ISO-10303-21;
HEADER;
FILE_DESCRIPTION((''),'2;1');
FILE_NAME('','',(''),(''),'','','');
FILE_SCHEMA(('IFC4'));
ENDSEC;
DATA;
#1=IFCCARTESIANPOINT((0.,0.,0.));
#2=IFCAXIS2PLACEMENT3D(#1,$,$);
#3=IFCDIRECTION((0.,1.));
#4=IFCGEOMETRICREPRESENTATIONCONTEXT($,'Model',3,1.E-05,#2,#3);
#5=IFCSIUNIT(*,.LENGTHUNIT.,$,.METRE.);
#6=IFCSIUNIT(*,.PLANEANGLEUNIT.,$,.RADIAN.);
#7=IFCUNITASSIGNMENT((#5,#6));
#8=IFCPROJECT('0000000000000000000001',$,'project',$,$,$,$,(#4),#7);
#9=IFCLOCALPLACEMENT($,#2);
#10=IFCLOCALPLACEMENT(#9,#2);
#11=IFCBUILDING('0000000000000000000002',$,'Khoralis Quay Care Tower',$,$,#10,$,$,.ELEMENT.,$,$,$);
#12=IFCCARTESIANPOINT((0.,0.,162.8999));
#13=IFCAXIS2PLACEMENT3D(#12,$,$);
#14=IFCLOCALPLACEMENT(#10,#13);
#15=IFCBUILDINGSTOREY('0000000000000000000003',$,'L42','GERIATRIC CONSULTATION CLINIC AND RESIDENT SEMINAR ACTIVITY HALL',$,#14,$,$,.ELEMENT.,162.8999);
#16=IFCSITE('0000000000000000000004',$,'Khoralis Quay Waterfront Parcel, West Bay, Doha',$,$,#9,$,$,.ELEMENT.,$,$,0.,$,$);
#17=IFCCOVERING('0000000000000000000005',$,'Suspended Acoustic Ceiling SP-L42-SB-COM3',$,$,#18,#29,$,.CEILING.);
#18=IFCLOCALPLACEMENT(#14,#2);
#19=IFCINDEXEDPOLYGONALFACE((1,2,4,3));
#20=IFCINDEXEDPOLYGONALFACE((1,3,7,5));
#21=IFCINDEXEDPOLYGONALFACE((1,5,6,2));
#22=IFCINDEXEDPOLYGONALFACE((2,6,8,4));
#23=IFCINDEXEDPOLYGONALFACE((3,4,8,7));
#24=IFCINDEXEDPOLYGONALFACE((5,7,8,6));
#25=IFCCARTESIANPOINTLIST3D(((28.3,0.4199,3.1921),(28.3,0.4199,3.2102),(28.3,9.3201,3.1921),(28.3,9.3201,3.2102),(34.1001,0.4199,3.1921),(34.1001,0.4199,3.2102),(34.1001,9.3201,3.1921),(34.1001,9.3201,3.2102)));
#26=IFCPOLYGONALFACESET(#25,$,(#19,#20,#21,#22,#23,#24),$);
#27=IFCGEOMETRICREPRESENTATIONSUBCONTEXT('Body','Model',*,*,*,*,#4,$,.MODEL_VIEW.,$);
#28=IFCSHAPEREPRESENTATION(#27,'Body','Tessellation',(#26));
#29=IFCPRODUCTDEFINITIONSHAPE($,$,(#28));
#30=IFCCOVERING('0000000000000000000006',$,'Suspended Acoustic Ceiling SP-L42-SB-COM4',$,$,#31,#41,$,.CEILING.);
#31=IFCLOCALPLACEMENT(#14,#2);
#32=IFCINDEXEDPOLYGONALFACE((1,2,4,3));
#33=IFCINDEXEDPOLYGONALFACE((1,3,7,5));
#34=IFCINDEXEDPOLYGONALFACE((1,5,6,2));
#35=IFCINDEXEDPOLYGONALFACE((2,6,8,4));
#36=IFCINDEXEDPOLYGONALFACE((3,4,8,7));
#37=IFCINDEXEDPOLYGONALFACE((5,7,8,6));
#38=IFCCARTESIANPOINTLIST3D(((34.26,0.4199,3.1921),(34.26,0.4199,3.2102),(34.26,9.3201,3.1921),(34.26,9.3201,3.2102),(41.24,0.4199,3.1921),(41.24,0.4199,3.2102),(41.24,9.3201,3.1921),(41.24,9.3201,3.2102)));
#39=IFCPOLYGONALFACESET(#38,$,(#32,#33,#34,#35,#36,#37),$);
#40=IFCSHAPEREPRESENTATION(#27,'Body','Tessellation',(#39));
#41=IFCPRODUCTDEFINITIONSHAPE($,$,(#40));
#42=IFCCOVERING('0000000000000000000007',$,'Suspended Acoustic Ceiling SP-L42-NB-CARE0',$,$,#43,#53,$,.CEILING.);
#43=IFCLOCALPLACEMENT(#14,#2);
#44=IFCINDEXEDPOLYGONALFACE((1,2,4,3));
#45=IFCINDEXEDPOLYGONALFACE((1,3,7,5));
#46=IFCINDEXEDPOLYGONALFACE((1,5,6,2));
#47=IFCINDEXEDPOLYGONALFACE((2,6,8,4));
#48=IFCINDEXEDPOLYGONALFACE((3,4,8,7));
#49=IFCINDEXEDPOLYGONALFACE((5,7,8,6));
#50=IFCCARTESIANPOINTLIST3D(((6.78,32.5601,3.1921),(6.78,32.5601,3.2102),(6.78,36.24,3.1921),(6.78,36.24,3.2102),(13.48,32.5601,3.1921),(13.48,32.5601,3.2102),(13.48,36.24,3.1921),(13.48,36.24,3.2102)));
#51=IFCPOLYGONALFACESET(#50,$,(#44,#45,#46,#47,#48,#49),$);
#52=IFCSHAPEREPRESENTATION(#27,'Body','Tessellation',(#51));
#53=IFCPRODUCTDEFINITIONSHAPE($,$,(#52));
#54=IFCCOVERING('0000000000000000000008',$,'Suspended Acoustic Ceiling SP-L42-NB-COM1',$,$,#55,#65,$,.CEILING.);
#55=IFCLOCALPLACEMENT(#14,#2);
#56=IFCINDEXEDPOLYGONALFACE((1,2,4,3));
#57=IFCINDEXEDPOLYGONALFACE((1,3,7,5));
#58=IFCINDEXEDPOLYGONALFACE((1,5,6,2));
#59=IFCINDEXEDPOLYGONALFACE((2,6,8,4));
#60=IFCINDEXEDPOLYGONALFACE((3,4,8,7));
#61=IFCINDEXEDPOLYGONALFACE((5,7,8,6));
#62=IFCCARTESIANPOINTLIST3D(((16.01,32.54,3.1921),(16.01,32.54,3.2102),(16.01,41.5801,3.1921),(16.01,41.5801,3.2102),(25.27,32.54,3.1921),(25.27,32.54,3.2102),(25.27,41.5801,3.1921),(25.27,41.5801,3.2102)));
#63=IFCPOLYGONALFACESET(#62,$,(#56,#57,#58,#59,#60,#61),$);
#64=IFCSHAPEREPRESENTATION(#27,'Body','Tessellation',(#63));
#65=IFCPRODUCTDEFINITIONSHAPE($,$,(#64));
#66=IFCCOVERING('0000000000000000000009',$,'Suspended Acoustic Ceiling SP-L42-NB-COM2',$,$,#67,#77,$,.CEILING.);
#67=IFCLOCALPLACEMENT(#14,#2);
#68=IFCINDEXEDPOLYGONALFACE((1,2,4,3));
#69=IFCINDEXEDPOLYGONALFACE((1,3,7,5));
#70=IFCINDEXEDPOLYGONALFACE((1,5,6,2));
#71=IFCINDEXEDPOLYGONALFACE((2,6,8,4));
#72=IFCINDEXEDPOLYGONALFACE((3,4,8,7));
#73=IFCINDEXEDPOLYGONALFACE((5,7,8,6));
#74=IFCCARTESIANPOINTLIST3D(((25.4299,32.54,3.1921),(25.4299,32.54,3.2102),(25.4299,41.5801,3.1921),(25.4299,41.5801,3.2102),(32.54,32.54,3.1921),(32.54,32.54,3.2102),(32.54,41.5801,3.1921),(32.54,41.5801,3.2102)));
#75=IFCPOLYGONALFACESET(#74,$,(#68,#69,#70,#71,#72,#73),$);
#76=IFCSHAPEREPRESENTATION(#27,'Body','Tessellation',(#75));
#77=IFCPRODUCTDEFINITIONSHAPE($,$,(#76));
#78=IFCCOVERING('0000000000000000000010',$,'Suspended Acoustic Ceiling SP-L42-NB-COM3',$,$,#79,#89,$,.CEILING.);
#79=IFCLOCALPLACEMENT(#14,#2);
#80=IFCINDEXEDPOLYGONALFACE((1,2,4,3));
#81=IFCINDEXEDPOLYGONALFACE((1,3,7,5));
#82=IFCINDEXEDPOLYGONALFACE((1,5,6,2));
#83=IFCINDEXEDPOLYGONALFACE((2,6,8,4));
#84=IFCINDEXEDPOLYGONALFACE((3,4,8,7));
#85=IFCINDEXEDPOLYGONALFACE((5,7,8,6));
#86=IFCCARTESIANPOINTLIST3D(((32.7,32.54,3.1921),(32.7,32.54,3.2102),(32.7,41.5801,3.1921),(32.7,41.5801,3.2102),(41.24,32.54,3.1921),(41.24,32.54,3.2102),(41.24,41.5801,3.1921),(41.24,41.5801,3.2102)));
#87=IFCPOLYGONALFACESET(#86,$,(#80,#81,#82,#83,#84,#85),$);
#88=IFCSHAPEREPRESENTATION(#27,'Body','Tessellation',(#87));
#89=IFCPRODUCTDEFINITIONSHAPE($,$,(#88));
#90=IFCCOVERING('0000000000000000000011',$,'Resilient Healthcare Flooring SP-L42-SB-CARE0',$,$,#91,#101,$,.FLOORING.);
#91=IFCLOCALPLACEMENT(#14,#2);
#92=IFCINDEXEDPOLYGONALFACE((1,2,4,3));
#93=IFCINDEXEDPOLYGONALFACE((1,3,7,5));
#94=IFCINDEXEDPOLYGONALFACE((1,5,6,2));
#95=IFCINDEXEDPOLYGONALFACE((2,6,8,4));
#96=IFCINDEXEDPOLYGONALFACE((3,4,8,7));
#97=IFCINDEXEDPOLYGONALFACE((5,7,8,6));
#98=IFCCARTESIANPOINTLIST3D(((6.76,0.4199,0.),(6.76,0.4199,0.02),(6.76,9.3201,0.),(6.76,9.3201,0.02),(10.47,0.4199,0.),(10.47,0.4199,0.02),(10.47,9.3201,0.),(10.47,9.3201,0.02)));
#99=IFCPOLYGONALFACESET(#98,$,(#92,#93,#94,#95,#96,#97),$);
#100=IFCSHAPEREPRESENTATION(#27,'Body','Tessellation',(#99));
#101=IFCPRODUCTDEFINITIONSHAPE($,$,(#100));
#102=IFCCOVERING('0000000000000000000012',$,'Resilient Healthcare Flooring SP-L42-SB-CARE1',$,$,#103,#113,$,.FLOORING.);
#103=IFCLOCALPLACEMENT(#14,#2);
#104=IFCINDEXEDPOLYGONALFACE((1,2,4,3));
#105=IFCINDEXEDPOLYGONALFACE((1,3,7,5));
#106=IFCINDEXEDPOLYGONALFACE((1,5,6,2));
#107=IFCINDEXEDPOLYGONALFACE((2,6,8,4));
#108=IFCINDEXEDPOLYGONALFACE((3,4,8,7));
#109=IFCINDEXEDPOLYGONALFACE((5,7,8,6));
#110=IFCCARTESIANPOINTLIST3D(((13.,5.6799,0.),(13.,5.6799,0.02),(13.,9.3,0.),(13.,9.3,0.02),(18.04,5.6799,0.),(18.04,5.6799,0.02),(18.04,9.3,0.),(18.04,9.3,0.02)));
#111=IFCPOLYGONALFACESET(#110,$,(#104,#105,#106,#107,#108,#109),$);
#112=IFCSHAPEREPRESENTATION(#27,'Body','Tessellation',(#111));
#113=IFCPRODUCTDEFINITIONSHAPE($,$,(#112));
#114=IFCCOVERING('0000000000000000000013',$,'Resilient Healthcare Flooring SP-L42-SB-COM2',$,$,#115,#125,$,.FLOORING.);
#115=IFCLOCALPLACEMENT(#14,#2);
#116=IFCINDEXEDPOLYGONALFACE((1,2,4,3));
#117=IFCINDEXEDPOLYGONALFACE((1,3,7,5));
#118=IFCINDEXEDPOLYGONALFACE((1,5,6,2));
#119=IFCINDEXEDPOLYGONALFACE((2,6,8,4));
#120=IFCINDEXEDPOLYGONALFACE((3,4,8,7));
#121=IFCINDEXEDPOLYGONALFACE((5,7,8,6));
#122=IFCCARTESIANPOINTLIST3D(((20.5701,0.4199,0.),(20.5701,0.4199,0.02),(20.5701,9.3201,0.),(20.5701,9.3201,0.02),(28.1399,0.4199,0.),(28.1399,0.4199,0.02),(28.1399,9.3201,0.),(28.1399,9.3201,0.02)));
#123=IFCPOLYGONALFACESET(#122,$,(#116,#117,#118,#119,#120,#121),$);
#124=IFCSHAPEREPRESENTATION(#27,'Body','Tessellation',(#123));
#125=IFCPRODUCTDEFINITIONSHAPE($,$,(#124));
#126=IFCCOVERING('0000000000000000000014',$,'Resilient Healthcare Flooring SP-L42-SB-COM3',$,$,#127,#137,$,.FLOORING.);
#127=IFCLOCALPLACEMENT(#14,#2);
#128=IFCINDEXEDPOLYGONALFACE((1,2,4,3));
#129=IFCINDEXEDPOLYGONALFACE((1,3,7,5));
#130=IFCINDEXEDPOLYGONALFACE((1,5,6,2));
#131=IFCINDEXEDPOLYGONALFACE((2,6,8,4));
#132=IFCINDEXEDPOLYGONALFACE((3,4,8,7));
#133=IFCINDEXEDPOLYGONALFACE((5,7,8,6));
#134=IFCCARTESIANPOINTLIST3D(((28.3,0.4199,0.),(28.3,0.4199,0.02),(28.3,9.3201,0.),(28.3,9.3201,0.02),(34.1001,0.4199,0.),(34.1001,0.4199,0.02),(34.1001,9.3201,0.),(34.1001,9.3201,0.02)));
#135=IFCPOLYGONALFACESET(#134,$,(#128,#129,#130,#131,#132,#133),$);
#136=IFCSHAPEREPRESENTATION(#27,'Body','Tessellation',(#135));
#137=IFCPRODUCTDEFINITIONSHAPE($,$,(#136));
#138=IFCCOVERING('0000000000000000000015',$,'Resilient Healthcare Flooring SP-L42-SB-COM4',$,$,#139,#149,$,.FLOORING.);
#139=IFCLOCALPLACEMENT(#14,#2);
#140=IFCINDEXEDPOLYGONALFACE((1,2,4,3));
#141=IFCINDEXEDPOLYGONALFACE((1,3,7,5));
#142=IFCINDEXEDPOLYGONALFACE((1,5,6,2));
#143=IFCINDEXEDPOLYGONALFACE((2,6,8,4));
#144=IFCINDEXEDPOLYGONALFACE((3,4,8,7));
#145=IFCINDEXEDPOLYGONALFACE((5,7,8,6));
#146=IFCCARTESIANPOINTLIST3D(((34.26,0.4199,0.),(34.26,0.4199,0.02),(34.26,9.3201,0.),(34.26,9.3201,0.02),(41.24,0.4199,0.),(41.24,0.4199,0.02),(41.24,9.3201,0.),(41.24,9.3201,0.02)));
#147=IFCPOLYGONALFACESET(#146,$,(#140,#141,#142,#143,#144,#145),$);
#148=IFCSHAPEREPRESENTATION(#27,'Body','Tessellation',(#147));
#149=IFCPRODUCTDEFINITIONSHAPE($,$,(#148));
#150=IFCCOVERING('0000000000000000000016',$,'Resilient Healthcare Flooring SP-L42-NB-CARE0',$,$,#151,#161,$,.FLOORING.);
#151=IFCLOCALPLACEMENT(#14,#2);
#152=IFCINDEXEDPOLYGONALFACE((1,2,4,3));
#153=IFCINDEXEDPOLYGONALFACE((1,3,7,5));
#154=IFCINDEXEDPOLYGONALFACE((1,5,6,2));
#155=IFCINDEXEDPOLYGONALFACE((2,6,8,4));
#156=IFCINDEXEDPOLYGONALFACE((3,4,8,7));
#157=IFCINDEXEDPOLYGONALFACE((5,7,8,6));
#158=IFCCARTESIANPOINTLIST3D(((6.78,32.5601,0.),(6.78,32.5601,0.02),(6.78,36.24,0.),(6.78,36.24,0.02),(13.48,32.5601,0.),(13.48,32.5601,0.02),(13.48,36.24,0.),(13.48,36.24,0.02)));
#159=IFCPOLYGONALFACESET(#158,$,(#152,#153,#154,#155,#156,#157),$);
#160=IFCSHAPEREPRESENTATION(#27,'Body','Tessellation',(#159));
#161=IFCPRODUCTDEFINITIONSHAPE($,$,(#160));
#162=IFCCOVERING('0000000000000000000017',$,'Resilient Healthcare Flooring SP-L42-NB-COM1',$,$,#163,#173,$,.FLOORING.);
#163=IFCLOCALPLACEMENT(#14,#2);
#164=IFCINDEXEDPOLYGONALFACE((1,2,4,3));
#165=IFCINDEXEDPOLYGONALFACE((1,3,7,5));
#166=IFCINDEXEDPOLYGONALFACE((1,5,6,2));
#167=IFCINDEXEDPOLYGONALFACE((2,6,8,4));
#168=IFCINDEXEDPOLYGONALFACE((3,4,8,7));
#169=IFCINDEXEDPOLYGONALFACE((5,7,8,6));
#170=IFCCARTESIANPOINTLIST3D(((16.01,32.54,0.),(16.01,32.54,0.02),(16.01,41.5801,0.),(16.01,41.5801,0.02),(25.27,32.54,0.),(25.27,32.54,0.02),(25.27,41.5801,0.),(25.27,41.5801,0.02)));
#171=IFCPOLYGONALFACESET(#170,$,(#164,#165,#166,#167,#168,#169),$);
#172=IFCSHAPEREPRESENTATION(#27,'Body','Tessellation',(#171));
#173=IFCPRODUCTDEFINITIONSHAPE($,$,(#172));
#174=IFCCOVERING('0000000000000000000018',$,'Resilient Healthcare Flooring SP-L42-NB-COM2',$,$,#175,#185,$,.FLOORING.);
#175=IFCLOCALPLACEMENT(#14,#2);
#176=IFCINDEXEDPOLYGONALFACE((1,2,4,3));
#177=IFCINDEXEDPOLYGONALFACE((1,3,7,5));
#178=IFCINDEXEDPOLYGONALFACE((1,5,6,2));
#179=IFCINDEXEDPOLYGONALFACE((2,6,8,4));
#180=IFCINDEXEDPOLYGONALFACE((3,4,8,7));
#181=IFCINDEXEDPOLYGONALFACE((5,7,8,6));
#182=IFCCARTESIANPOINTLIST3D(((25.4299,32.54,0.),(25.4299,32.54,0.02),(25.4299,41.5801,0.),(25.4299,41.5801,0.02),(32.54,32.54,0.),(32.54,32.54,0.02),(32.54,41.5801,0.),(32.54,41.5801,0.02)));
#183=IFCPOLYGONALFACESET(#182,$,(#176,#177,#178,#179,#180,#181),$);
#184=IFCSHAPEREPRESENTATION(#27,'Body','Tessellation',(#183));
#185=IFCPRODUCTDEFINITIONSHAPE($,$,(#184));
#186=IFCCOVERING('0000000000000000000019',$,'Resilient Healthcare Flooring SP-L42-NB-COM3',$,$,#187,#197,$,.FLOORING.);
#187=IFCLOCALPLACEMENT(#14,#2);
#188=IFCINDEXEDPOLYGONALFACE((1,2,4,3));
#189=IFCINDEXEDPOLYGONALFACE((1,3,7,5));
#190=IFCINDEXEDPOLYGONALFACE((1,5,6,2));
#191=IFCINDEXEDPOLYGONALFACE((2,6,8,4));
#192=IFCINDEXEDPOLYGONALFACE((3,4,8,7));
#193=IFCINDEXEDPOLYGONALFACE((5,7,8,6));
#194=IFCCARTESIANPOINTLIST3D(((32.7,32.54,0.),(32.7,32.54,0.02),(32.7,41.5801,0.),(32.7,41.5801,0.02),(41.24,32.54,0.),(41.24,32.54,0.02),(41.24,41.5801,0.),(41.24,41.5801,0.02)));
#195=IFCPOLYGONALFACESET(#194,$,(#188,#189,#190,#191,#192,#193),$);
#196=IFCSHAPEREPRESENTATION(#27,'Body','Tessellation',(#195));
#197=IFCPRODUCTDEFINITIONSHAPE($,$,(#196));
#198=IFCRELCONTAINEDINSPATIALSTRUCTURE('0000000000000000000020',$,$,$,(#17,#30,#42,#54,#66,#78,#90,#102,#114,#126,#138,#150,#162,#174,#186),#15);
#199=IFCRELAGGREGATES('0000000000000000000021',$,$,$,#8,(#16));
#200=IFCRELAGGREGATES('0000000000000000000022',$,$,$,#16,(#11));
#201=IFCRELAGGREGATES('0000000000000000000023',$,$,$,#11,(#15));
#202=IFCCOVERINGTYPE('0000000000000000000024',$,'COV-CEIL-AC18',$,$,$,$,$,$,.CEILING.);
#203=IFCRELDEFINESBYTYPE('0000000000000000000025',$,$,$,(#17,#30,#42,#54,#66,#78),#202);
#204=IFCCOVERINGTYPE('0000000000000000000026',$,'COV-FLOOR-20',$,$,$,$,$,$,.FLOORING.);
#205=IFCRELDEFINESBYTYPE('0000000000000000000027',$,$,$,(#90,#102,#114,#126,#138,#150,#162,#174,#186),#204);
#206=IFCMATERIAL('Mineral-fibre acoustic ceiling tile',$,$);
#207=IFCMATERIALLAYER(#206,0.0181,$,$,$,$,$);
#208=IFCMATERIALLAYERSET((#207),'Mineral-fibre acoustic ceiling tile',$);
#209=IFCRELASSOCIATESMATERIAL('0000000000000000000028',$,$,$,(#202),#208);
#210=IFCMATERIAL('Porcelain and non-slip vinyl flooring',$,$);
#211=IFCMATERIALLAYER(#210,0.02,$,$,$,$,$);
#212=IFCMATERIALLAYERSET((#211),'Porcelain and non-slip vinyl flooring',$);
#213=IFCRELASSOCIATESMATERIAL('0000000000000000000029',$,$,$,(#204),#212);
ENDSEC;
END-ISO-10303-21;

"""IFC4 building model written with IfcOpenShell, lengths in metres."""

from ifc_helpers import new_model, si_unit, direction, frame, origin, place, context, subcontext, project, spatial, polyline, outline, extrude, material, layer, layer_set, type_object, element, save


model = new_model("IFC4")

# Units and contexts
model_context = context("Model", 3, precision=1e-05, world=origin(), true_north=direction((0.0, 1.0)))
body_context = subcontext(model_context, "Body", "Model", "MODEL_VIEW")
ifc_project = project(units=[si_unit("LENGTHUNIT", "METRE"), si_unit("PLANEANGLEUNIT", "RADIAN")], contexts=[model_context])

# Site, building, storey
site_placement = place(None, origin())
site = spatial("IfcSite", under=ifc_project, at=site_placement, Name="Khoralis Quay Waterfront Parcel, West Bay, Doha", CompositionType="ELEMENT", RefElevation=0.0)
building_placement = place(site_placement, origin())
building = spatial("IfcBuilding", under=site, at=building_placement, Name="Khoralis Quay Care Tower", CompositionType="ELEMENT")
storey_placement = place(building_placement, frame((0.0, 0.0, 162.8999)))
storey = spatial("IfcBuildingStorey", under=building, at=storey_placement, Name="L42", Description="GERIATRIC CONSULTATION CLINIC AND RESIDENT SEMINAR ACTIVITY HALL", CompositionType="ELEMENT", Elevation=162.8999)

# Coverings
ifc_material_1 = material(Name="Mineral-fibre acoustic ceiling tile")
ifc_layer_1 = layer(ifc_material_1, 0.0181)
ifc_layer_set_1 = layer_set([ifc_layer_1], Name="Mineral-fibre acoustic ceiling tile")
covering_type_1 = type_object("IfcCoveringType", Name="COV-CEIL-AC18", PredefinedType="CEILING", material=ifc_layer_set_1)
covering_1_placement = place(storey_placement, frame((0.0, 0.0, 3.1921)))
element("IfcCovering", 1, at=covering_1_placement, inside=storey, type_object=covering_type_1, Name="Suspended Acoustic Ceiling SP-L42-SB-COM3", PredefinedType="CEILING", context=body_context, shape_type="SweptSolid", body=[
    extrude(outline(polyline([(28.3, 0.4199), (34.1001, 0.4199), (34.1001, 9.3201), (28.3, 9.3201), (28.3, 0.4199)])), origin(), (0.0, 0.0, 1.0), 0.0181),
])
covering_2_placement = place(storey_placement, frame((0.0, 0.0, 3.1921)))
element("IfcCovering", 2, at=covering_2_placement, inside=storey, type_object=covering_type_1, Name="Suspended Acoustic Ceiling SP-L42-SB-COM4", PredefinedType="CEILING", context=body_context, shape_type="SweptSolid", body=[
    extrude(outline(polyline([(34.26, 0.4199), (41.24, 0.4199), (41.24, 9.3201), (34.26, 9.3201), (34.26, 0.4199)])), origin(), (0.0, 0.0, 1.0), 0.0181),
])
covering_3_placement = place(storey_placement, frame((0.0, 0.0, 3.1921)))
element("IfcCovering", 3, at=covering_3_placement, inside=storey, type_object=covering_type_1, Name="Suspended Acoustic Ceiling SP-L42-NB-CARE0", PredefinedType="CEILING", context=body_context, shape_type="SweptSolid", body=[
    extrude(outline(polyline([(6.78, 32.5601), (13.48, 32.5601), (13.48, 36.24), (6.78, 36.24), (6.78, 32.5601)])), origin(), (0.0, 0.0, 1.0), 0.0181),
])
covering_4_placement = place(storey_placement, frame((0.0, 0.0, 3.1921)))
element("IfcCovering", 4, at=covering_4_placement, inside=storey, type_object=covering_type_1, Name="Suspended Acoustic Ceiling SP-L42-NB-COM1", PredefinedType="CEILING", context=body_context, shape_type="SweptSolid", body=[
    extrude(outline(polyline([(16.01, 32.54), (25.27, 32.54), (25.27, 41.5801), (16.01, 41.5801), (16.01, 32.54)])), origin(), (0.0, 0.0, 1.0), 0.0181),
])
covering_5_placement = place(storey_placement, frame((0.0, 0.0, 3.1921)))
element("IfcCovering", 5, at=covering_5_placement, inside=storey, type_object=covering_type_1, Name="Suspended Acoustic Ceiling SP-L42-NB-COM2", PredefinedType="CEILING", context=body_context, shape_type="SweptSolid", body=[
    extrude(outline(polyline([(25.4299, 32.54), (32.54, 32.54), (32.54, 41.5801), (25.4299, 41.5801), (25.4299, 32.54)])), origin(), (0.0, 0.0, 1.0), 0.0181),
])
covering_6_placement = place(storey_placement, frame((0.0, 0.0, 3.1921)))
element("IfcCovering", 6, at=covering_6_placement, inside=storey, type_object=covering_type_1, Name="Suspended Acoustic Ceiling SP-L42-NB-COM3", PredefinedType="CEILING", context=body_context, shape_type="SweptSolid", body=[
    extrude(outline(polyline([(32.7, 32.54), (41.24, 32.54), (41.24, 41.5801), (32.7, 41.5801), (32.7, 32.54)])), origin(), (0.0, 0.0, 1.0), 0.0181),
])
ifc_material_2 = material(Name="Porcelain and non-slip vinyl flooring")
ifc_layer_2 = layer(ifc_material_2, 0.02)
ifc_layer_set_2 = layer_set([ifc_layer_2], Name="Porcelain and non-slip vinyl flooring")
covering_type_2 = type_object("IfcCoveringType", Name="COV-FLOOR-20", PredefinedType="FLOORING", material=ifc_layer_set_2)
covering_7_placement = place(storey_placement, origin())
element("IfcCovering", 7, at=covering_7_placement, inside=storey, type_object=covering_type_2, Name="Resilient Healthcare Flooring SP-L42-SB-CARE0", PredefinedType="FLOORING", context=body_context, shape_type="SweptSolid", body=[
    extrude(outline(polyline([(6.76, 0.4199), (10.47, 0.4199), (10.47, 9.3201), (6.76, 9.3201), (6.76, 0.4199)])), origin(), (0.0, 0.0, 1.0), 0.02),
])
covering_8_placement = place(storey_placement, origin())
element("IfcCovering", 8, at=covering_8_placement, inside=storey, type_object=covering_type_2, Name="Resilient Healthcare Flooring SP-L42-SB-CARE1", PredefinedType="FLOORING", context=body_context, shape_type="SweptSolid", body=[
    extrude(outline(polyline([(13.0, 5.6799), (18.04, 5.6799), (18.04, 9.3), (13.0, 9.3), (13.0, 5.6799)])), origin(), (0.0, 0.0, 1.0), 0.02),
])
covering_9_placement = place(storey_placement, origin())
element("IfcCovering", 9, at=covering_9_placement, inside=storey, type_object=covering_type_2, Name="Resilient Healthcare Flooring SP-L42-SB-COM2", PredefinedType="FLOORING", context=body_context, shape_type="SweptSolid", body=[
    extrude(outline(polyline([(20.5701, 0.4199), (28.1399, 0.4199), (28.1399, 9.3201), (20.5701, 9.3201), (20.5701, 0.4199)])), origin(), (0.0, 0.0, 1.0), 0.02),
])
covering_10_placement = place(storey_placement, origin())
element("IfcCovering", 10, at=covering_10_placement, inside=storey, type_object=covering_type_2, Name="Resilient Healthcare Flooring SP-L42-SB-COM3", PredefinedType="FLOORING", context=body_context, shape_type="SweptSolid", body=[
    extrude(outline(polyline([(28.3, 0.4199), (34.1001, 0.4199), (34.1001, 9.3201), (28.3, 9.3201), (28.3, 0.4199)])), origin(), (0.0, 0.0, 1.0), 0.02),
])
covering_11_placement = place(storey_placement, origin())
element("IfcCovering", 11, at=covering_11_placement, inside=storey, type_object=covering_type_2, Name="Resilient Healthcare Flooring SP-L42-SB-COM4", PredefinedType="FLOORING", context=body_context, shape_type="SweptSolid", body=[
    extrude(outline(polyline([(34.26, 0.4199), (41.24, 0.4199), (41.24, 9.3201), (34.26, 9.3201), (34.26, 0.4199)])), origin(), (0.0, 0.0, 1.0), 0.02),
])
covering_12_placement = place(storey_placement, origin())
element("IfcCovering", 12, at=covering_12_placement, inside=storey, type_object=covering_type_2, Name="Resilient Healthcare Flooring SP-L42-NB-CARE0", PredefinedType="FLOORING", context=body_context, shape_type="SweptSolid", body=[
    extrude(outline(polyline([(6.78, 32.5601), (13.48, 32.5601), (13.48, 36.24), (6.78, 36.24), (6.78, 32.5601)])), origin(), (0.0, 0.0, 1.0), 0.02),
])
covering_13_placement = place(storey_placement, origin())
element("IfcCovering", 13, at=covering_13_placement, inside=storey, type_object=covering_type_2, Name="Resilient Healthcare Flooring SP-L42-NB-COM1", PredefinedType="FLOORING", context=body_context, shape_type="SweptSolid", body=[
    extrude(outline(polyline([(16.01, 32.54), (25.27, 32.54), (25.27, 41.5801), (16.01, 41.5801), (16.01, 32.54)])), origin(), (0.0, 0.0, 1.0), 0.02),
])
covering_14_placement = place(storey_placement, origin())
element("IfcCovering", 14, at=covering_14_placement, inside=storey, type_object=covering_type_2, Name="Resilient Healthcare Flooring SP-L42-NB-COM2", PredefinedType="FLOORING", context=body_context, shape_type="SweptSolid", body=[
    extrude(outline(polyline([(25.4299, 32.54), (32.54, 32.54), (32.54, 41.5801), (25.4299, 41.5801), (25.4299, 32.54)])), origin(), (0.0, 0.0, 1.0), 0.02),
])
covering_15_placement = place(storey_placement, origin())
element("IfcCovering", 15, at=covering_15_placement, inside=storey, type_object=covering_type_2, Name="Resilient Healthcare Flooring SP-L42-NB-COM3", PredefinedType="FLOORING", context=body_context, shape_type="SweptSolid", body=[
    extrude(outline(polyline([(32.7, 32.54), (41.24, 32.54), (41.24, 41.5801), (32.7, 41.5801), (32.7, 32.54)])), origin(), (0.0, 0.0, 1.0), 0.02),
])

save(model, "model.ifc")
